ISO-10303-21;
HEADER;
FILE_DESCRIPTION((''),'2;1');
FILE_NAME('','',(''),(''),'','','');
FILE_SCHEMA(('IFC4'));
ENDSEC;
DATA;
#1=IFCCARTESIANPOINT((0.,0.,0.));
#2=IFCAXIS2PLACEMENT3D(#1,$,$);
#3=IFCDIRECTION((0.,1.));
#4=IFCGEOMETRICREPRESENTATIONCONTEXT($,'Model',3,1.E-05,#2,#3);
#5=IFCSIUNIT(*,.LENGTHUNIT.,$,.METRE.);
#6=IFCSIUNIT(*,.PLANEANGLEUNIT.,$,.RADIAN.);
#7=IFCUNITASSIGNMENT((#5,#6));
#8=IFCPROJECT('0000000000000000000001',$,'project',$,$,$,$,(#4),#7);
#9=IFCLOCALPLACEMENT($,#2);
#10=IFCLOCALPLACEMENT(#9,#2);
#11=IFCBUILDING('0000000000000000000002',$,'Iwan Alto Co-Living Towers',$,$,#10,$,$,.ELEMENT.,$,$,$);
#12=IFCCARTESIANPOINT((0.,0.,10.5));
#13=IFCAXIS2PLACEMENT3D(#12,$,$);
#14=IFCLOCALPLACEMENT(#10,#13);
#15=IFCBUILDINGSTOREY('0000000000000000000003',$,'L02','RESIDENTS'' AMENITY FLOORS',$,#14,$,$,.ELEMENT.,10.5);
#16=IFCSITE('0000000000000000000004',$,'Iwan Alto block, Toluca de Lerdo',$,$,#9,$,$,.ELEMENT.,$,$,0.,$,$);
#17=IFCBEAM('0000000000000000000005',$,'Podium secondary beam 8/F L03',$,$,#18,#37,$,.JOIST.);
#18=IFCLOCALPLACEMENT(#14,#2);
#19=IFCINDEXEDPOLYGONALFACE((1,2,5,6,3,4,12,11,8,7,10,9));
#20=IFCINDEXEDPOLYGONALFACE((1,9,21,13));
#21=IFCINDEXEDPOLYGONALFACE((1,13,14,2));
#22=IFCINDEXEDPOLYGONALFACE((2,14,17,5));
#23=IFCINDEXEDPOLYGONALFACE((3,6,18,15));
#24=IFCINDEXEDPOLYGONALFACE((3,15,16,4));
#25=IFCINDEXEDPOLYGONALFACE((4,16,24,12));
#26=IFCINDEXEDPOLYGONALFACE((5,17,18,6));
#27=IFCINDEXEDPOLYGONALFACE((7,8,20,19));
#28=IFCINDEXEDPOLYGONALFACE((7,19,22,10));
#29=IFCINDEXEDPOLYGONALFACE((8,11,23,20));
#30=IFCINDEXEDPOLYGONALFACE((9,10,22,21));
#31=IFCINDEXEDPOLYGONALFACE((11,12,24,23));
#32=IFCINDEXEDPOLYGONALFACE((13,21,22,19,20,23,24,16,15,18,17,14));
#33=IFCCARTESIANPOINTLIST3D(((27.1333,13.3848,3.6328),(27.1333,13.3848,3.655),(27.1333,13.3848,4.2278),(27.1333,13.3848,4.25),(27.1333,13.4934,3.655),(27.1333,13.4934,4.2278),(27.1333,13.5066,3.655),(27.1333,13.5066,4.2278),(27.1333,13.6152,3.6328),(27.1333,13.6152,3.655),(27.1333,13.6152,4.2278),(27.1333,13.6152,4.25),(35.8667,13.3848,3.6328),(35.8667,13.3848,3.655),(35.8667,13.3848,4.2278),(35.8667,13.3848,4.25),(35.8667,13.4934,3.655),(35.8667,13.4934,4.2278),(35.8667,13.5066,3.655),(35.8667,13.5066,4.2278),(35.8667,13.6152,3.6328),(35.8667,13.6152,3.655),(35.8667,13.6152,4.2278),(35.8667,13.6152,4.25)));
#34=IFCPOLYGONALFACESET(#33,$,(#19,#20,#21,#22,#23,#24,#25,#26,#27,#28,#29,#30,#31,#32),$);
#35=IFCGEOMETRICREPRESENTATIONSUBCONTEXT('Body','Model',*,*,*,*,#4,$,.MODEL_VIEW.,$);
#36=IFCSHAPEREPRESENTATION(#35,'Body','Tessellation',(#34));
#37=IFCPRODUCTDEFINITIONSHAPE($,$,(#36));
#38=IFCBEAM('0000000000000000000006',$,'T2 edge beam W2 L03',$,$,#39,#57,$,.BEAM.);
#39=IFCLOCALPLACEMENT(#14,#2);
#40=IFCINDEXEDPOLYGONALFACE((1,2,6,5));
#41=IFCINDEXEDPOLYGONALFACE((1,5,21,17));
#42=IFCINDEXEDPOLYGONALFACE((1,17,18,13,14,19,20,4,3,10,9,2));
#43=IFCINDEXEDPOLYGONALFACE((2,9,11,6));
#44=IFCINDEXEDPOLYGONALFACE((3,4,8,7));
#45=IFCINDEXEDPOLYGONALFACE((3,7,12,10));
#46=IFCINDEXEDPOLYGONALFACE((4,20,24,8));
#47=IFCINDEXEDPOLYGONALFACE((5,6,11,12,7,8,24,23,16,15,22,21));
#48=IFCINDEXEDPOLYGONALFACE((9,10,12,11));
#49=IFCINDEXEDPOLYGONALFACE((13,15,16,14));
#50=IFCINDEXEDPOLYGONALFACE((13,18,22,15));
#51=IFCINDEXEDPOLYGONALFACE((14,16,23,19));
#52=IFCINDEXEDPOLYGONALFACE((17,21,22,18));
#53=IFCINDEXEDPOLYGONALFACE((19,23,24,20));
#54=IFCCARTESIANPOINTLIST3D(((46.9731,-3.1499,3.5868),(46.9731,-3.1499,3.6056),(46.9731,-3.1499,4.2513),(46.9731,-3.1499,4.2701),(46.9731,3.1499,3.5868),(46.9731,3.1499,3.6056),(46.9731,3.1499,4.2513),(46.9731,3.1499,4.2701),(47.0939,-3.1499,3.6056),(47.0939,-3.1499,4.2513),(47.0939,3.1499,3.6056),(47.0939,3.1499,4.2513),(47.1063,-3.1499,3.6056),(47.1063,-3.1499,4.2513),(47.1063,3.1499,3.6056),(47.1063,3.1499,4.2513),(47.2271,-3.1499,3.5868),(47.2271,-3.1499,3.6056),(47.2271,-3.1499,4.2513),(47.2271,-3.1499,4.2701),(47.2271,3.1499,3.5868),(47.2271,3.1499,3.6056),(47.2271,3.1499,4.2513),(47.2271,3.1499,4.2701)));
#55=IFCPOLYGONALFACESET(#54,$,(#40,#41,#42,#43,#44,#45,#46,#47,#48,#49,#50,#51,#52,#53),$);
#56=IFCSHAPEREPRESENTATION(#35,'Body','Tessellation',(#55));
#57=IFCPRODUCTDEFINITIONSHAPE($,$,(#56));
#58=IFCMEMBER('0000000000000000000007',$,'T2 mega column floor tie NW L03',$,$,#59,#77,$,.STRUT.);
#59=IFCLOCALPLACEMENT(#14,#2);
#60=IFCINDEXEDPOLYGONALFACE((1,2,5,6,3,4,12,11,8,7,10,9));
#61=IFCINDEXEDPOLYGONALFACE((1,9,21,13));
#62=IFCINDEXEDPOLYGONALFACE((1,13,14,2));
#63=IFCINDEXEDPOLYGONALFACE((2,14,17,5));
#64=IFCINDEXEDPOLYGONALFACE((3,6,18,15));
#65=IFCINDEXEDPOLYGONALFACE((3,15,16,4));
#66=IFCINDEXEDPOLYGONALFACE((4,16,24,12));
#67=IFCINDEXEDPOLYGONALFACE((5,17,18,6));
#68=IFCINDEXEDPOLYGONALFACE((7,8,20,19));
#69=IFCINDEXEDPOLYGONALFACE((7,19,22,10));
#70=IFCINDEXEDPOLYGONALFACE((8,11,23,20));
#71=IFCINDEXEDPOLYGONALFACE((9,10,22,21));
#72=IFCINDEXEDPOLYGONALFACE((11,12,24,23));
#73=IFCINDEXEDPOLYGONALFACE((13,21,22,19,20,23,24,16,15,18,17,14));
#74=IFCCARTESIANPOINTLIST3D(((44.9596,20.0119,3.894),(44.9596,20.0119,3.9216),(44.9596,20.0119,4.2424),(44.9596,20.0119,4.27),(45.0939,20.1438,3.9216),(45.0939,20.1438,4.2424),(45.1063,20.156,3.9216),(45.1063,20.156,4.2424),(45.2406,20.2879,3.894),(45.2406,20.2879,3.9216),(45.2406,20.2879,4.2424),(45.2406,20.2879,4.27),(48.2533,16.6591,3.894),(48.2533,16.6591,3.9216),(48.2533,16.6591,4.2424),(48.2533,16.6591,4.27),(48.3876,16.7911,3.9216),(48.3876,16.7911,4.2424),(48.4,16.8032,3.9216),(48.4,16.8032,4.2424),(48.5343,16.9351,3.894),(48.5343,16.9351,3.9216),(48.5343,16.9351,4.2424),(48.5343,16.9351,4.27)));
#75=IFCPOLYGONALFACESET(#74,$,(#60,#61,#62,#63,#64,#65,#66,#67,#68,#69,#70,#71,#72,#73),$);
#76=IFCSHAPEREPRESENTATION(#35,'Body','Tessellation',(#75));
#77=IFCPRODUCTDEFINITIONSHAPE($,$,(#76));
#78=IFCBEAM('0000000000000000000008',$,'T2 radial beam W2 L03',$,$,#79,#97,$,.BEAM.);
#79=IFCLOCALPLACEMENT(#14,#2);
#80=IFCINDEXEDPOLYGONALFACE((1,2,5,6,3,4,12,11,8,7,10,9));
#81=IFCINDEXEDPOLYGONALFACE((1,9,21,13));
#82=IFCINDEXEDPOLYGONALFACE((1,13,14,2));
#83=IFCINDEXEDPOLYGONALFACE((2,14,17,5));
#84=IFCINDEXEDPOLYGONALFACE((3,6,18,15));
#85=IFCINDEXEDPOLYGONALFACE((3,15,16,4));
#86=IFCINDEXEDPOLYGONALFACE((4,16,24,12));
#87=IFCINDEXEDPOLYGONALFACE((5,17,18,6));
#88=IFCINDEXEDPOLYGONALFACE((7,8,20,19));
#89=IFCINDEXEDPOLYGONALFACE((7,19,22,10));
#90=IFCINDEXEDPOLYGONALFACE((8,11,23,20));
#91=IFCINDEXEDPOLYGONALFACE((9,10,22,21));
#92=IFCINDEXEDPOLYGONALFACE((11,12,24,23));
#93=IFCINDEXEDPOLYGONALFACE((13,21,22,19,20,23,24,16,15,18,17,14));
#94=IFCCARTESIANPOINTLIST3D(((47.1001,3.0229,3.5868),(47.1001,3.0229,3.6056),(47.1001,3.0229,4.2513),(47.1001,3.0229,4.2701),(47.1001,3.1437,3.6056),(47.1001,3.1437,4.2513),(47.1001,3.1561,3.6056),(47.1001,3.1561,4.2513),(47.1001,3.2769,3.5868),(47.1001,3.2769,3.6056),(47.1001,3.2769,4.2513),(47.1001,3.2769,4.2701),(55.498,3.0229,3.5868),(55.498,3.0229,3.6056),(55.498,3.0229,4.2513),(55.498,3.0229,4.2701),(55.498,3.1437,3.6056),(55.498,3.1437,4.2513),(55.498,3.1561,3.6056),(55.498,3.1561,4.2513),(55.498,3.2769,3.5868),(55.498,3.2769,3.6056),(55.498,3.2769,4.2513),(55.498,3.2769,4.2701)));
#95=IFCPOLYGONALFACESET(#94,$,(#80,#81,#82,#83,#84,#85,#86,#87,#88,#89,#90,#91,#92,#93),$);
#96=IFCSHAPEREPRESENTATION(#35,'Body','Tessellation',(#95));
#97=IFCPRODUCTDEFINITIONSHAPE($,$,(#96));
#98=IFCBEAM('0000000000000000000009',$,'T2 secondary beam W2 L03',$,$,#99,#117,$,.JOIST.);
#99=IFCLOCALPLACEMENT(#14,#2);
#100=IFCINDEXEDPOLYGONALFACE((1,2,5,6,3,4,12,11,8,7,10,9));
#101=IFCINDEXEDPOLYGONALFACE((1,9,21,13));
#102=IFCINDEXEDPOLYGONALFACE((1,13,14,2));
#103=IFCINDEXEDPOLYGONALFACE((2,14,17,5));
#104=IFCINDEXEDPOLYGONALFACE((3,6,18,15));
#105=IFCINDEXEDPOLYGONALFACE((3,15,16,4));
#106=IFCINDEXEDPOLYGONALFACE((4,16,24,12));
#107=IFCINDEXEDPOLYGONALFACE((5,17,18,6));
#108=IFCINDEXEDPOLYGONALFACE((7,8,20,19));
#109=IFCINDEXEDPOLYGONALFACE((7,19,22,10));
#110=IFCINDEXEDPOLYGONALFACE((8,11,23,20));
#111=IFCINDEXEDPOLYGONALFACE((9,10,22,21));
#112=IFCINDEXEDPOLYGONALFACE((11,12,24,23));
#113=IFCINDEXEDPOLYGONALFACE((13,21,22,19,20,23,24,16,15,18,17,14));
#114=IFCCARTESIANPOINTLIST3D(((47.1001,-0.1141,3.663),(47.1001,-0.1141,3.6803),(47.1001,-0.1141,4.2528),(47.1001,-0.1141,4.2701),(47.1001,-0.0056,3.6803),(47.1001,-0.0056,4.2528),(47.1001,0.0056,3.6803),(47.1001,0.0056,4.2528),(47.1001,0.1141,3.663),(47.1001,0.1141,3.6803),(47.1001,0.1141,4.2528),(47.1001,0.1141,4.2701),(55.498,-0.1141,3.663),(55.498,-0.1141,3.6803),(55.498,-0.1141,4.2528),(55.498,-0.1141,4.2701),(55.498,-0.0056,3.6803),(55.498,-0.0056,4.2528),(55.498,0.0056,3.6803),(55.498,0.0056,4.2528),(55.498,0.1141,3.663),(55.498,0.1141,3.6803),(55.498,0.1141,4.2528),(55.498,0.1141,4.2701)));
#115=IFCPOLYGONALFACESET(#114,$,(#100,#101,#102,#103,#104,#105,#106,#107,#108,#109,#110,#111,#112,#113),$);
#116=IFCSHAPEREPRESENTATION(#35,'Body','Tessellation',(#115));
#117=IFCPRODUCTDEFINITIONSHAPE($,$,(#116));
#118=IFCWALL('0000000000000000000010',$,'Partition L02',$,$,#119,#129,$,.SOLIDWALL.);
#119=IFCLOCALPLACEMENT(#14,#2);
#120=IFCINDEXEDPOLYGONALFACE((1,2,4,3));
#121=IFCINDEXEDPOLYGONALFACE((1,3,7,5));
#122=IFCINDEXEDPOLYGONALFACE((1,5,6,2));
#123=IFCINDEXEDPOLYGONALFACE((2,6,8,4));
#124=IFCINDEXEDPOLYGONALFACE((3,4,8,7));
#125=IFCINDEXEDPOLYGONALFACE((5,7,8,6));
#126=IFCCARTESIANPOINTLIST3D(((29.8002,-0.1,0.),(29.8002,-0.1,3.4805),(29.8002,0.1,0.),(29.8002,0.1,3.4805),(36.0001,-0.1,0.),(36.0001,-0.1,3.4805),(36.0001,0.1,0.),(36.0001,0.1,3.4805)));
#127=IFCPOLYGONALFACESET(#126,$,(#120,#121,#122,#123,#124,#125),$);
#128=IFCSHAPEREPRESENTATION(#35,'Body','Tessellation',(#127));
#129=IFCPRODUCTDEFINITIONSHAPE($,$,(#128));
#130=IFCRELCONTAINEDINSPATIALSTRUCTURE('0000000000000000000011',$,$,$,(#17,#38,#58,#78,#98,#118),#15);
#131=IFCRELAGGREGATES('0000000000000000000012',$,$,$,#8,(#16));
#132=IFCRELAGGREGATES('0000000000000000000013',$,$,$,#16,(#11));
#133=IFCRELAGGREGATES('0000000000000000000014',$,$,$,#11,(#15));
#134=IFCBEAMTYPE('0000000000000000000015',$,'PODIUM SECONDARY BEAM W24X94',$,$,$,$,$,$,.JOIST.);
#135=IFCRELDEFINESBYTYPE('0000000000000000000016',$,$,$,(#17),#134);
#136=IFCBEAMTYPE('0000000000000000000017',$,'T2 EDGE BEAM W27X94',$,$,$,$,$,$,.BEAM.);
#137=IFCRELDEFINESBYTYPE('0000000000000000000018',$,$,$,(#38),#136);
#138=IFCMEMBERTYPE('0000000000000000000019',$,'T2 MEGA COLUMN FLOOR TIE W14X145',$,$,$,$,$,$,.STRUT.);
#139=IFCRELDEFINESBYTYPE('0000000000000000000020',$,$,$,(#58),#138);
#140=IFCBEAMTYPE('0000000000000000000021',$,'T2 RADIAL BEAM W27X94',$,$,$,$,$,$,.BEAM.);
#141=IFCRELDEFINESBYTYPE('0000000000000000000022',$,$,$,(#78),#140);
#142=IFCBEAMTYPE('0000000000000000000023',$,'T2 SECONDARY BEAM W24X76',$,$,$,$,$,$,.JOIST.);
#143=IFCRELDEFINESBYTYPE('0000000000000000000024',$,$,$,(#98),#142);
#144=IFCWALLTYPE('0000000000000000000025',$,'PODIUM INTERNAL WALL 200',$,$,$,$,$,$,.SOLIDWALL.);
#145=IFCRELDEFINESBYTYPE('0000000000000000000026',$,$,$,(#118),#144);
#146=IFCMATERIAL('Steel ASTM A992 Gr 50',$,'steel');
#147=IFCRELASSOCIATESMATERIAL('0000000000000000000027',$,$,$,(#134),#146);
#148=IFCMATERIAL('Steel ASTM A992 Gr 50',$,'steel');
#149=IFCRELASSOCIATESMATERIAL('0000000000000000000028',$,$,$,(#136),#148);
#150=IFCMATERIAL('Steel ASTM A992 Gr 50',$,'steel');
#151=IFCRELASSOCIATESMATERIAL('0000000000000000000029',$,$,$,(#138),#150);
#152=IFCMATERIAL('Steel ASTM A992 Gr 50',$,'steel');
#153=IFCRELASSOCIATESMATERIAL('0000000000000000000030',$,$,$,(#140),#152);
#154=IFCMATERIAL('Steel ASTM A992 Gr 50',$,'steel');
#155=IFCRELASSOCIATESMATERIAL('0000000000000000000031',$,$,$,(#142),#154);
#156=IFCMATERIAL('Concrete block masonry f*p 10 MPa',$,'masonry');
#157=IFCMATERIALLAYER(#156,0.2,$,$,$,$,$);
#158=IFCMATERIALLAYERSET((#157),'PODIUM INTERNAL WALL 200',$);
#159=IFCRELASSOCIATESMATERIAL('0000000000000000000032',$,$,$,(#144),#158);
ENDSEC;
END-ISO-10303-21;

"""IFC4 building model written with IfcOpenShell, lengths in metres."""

from ifc_helpers import new_model, si_unit, direction, frame, frame_2d, origin, origin_2d, place, context, subcontext, project, spatial, rectangle, i_section, extrude, material, layer, layer_set, material_profile, profile_set, type_object, element, save


model = new_model("IFC4")

# Units and contexts
model_context = context("Model", 3, precision=1e-05, world=origin(), true_north=direction((0.0, 1.0)))
body_context = subcontext(model_context, "Body", "Model", "MODEL_VIEW")
ifc_project = project(units=[si_unit("LENGTHUNIT", "METRE"), si_unit("PLANEANGLEUNIT", "RADIAN")], contexts=[model_context])

# Site, building, storey
site_placement = place(None, origin())
site = spatial("IfcSite", under=ifc_project, at=site_placement, Name="Iwan Alto block, Toluca de Lerdo", CompositionType="ELEMENT", RefElevation=0.0)
building_placement = place(site_placement, origin())
building = spatial("IfcBuilding", under=site, at=building_placement, Name="Iwan Alto Co-Living Towers", CompositionType="ELEMENT")
storey_placement = place(building_placement, frame((0.0, 0.0, 10.5)))
storey = spatial("IfcBuildingStorey", under=building, at=storey_placement, Name="L02", Description="RESIDENTS' AMENITY FLOORS", CompositionType="ELEMENT", Elevation=10.5)

# Beams
ifc_material_1 = material(Name="Steel ASTM A992 Gr 50", Category="steel")
ifc_material_profile_1 = material_profile(ifc_material_1, i_section(OverallWidth=0.2305, OverallDepth=0.6172, WebThickness=0.0132, FlangeThickness=0.0222, at=origin_2d()), Name="W24X94")
ifc_profile_set_1 = profile_set([ifc_material_profile_1], Name="Steel ASTM A992 Gr 50")
beam_type_1 = type_object("IfcBeamType", Name="PODIUM SECONDARY BEAM W24X94", PredefinedType="JOIST", material=ifc_profile_set_1)
for number, where, z_axis, x_axis, name in (
    (1, (27.1333, 13.5, 3.9414), (1.0, 0.0, 0.0), (0.0, 1.0, 0.0), "Podium secondary beam 8/F L03"),
):
    element("IfcBeam", number, at=place(storey_placement, frame(where, z_axis=z_axis, x_axis=x_axis)), inside=storey, type_object=beam_type_1, Name=name, PredefinedType="JOIST", context=body_context, shape_type="SweptSolid", body=[
        extrude(i_section(OverallWidth=0.2305, OverallDepth=0.6172, WebThickness=0.0132, FlangeThickness=0.0222, at=origin_2d()), origin(), (0.0, 0.0, 1.0), 8.7334),
    ])
ifc_material_2 = material(Name="Steel ASTM A992 Gr 50", Category="steel")
ifc_material_profile_2 = material_profile(ifc_material_2, i_section(OverallWidth=0.2539, OverallDepth=0.6833, WebThickness=0.0125, FlangeThickness=0.0188, at=origin_2d()), Name="W27X94")
ifc_profile_set_2 = profile_set([ifc_material_profile_2], Name="Steel ASTM A992 Gr 50")
beam_type_2 = type_object("IfcBeamType", Name="T2 EDGE BEAM W27X94", PredefinedType="BEAM", material=ifc_profile_set_2)
beam_1_placement = place(storey_placement, frame((47.1001, 3.1499, 3.9285), z_axis=(0.0, -1.0, 0.0), x_axis=(1.0, 0.0, 0.0)))
element("IfcBeam", 2, at=beam_1_placement, inside=storey, type_object=beam_type_2, Name="T2 edge beam W2 L03", PredefinedType="BEAM", context=body_context, shape_type="SweptSolid", body=[
    extrude(i_section(OverallWidth=0.2539, OverallDepth=0.6833, WebThickness=0.0125, FlangeThickness=0.0188, at=origin_2d()), origin(), (0.0, 0.0, 1.0), 6.2998),
])

# Member
ifc_material_3 = material(Name="Steel ASTM A992 Gr 50", Category="steel")
ifc_material_profile_3 = material_profile(ifc_material_3, i_section(OverallWidth=0.3938, OverallDepth=0.376, WebThickness=0.0173, FlangeThickness=0.0276, at=origin_2d()), Name="W14X145")
ifc_profile_set_3 = profile_set([ifc_material_profile_3], Name="Steel ASTM A992 Gr 50")
member_type = type_object("IfcMemberType", Name="T2 MEGA COLUMN FLOOR TIE W14X145", PredefinedType="STRUT", material=ifc_profile_set_3)
member_placement = place(storey_placement, frame((45.1001, 20.1499, 4.082), z_axis=(0.700793, -0.713364, 0.0), x_axis=(0.713364, 0.700793, 0.0)))
element("IfcMember", 3, at=member_placement, inside=storey, type_object=member_type, Name="T2 mega column floor tie NW L03", PredefinedType="STRUT", context=body_context, shape_type="SweptSolid", body=[
    extrude(i_section(OverallWidth=0.3938, OverallDepth=0.376, WebThickness=0.0173, FlangeThickness=0.0276, at=origin_2d()), origin(), (0.0, 0.0, 1.0), 4.7),
])

# Beams
ifc_material_4 = material(Name="Steel ASTM A992 Gr 50", Category="steel")
ifc_material_profile_4 = material_profile(ifc_material_4, i_section(OverallWidth=0.2539, OverallDepth=0.6833, WebThickness=0.0125, FlangeThickness=0.0188, at=origin_2d()), Name="W27X94")
ifc_profile_set_4 = profile_set([ifc_material_profile_4], Name="Steel ASTM A992 Gr 50")
beam_type_3 = type_object("IfcBeamType", Name="T2 RADIAL BEAM W27X94", PredefinedType="BEAM", material=ifc_profile_set_4)
beam_2_placement = place(storey_placement, frame((47.1001, 3.1499, 3.9285), z_axis=(1.0, 0.0, 0.0), x_axis=(0.0, 1.0, 0.0)))
element("IfcBeam", 4, at=beam_2_placement, inside=storey, type_object=beam_type_3, Name="T2 radial beam W2 L03", PredefinedType="BEAM", context=body_context, shape_type="SweptSolid", body=[
    extrude(i_section(OverallWidth=0.2539, OverallDepth=0.6833, WebThickness=0.0125, FlangeThickness=0.0188, at=origin_2d()), origin(), (0.0, 0.0, 1.0), 8.3979),
])
ifc_material_5 = material(Name="Steel ASTM A992 Gr 50", Category="steel")
ifc_material_profile_5 = material_profile(ifc_material_5, i_section(OverallWidth=0.2283, OverallDepth=0.6072, WebThickness=0.0112, FlangeThickness=0.0173, at=origin_2d()), Name="W24X76")
ifc_profile_set_5 = profile_set([ifc_material_profile_5], Name="Steel ASTM A992 Gr 50")
beam_type_4 = type_object("IfcBeamType", Name="T2 SECONDARY BEAM W24X76", PredefinedType="JOIST", material=ifc_profile_set_5)
beam_3_placement = place(storey_placement, frame((47.1001, 0.0, 3.9666), z_axis=(1.0, 0.0, 0.0), x_axis=(0.0, 1.0, 0.0)))
element("IfcBeam", 5, at=beam_3_placement, inside=storey, type_object=beam_type_4, Name="T2 secondary beam W2 L03", PredefinedType="JOIST", context=body_context, shape_type="SweptSolid", body=[
    extrude(i_section(OverallWidth=0.2283, OverallDepth=0.6072, WebThickness=0.0112, FlangeThickness=0.0173, at=origin_2d()), origin(), (0.0, 0.0, 1.0), 8.3979),
])

# Wall
ifc_material_6 = material(Name="Concrete block masonry f*p 10 MPa", Category="masonry")
ifc_layer = layer(ifc_material_6, 0.2)
ifc_layer_set = layer_set([ifc_layer], Name="PODIUM INTERNAL WALL 200")
wall_type = type_object("IfcWallType", Name="PODIUM INTERNAL WALL 200", PredefinedType="SOLIDWALL", material=ifc_layer_set)
wall_1_placement = place(storey_placement, frame((29.8, 0.0, 0.0), z_axis=(0.0, 0.0, 1.0), x_axis=(1.0, 0.0, 0.0)))
element("IfcWall", 6, at=wall_1_placement, inside=storey, type_object=wall_type, Name="Partition L02", PredefinedType="SOLIDWALL", context=body_context, shape_type="SweptSolid", body=[
    extrude(rectangle(XDim=6.2, YDim=0.2, at=frame_2d((3.1001, 0.0))), origin(), (0.0, 0.0, 1.0), 3.4805),
])

save(model, "model.ifc")
